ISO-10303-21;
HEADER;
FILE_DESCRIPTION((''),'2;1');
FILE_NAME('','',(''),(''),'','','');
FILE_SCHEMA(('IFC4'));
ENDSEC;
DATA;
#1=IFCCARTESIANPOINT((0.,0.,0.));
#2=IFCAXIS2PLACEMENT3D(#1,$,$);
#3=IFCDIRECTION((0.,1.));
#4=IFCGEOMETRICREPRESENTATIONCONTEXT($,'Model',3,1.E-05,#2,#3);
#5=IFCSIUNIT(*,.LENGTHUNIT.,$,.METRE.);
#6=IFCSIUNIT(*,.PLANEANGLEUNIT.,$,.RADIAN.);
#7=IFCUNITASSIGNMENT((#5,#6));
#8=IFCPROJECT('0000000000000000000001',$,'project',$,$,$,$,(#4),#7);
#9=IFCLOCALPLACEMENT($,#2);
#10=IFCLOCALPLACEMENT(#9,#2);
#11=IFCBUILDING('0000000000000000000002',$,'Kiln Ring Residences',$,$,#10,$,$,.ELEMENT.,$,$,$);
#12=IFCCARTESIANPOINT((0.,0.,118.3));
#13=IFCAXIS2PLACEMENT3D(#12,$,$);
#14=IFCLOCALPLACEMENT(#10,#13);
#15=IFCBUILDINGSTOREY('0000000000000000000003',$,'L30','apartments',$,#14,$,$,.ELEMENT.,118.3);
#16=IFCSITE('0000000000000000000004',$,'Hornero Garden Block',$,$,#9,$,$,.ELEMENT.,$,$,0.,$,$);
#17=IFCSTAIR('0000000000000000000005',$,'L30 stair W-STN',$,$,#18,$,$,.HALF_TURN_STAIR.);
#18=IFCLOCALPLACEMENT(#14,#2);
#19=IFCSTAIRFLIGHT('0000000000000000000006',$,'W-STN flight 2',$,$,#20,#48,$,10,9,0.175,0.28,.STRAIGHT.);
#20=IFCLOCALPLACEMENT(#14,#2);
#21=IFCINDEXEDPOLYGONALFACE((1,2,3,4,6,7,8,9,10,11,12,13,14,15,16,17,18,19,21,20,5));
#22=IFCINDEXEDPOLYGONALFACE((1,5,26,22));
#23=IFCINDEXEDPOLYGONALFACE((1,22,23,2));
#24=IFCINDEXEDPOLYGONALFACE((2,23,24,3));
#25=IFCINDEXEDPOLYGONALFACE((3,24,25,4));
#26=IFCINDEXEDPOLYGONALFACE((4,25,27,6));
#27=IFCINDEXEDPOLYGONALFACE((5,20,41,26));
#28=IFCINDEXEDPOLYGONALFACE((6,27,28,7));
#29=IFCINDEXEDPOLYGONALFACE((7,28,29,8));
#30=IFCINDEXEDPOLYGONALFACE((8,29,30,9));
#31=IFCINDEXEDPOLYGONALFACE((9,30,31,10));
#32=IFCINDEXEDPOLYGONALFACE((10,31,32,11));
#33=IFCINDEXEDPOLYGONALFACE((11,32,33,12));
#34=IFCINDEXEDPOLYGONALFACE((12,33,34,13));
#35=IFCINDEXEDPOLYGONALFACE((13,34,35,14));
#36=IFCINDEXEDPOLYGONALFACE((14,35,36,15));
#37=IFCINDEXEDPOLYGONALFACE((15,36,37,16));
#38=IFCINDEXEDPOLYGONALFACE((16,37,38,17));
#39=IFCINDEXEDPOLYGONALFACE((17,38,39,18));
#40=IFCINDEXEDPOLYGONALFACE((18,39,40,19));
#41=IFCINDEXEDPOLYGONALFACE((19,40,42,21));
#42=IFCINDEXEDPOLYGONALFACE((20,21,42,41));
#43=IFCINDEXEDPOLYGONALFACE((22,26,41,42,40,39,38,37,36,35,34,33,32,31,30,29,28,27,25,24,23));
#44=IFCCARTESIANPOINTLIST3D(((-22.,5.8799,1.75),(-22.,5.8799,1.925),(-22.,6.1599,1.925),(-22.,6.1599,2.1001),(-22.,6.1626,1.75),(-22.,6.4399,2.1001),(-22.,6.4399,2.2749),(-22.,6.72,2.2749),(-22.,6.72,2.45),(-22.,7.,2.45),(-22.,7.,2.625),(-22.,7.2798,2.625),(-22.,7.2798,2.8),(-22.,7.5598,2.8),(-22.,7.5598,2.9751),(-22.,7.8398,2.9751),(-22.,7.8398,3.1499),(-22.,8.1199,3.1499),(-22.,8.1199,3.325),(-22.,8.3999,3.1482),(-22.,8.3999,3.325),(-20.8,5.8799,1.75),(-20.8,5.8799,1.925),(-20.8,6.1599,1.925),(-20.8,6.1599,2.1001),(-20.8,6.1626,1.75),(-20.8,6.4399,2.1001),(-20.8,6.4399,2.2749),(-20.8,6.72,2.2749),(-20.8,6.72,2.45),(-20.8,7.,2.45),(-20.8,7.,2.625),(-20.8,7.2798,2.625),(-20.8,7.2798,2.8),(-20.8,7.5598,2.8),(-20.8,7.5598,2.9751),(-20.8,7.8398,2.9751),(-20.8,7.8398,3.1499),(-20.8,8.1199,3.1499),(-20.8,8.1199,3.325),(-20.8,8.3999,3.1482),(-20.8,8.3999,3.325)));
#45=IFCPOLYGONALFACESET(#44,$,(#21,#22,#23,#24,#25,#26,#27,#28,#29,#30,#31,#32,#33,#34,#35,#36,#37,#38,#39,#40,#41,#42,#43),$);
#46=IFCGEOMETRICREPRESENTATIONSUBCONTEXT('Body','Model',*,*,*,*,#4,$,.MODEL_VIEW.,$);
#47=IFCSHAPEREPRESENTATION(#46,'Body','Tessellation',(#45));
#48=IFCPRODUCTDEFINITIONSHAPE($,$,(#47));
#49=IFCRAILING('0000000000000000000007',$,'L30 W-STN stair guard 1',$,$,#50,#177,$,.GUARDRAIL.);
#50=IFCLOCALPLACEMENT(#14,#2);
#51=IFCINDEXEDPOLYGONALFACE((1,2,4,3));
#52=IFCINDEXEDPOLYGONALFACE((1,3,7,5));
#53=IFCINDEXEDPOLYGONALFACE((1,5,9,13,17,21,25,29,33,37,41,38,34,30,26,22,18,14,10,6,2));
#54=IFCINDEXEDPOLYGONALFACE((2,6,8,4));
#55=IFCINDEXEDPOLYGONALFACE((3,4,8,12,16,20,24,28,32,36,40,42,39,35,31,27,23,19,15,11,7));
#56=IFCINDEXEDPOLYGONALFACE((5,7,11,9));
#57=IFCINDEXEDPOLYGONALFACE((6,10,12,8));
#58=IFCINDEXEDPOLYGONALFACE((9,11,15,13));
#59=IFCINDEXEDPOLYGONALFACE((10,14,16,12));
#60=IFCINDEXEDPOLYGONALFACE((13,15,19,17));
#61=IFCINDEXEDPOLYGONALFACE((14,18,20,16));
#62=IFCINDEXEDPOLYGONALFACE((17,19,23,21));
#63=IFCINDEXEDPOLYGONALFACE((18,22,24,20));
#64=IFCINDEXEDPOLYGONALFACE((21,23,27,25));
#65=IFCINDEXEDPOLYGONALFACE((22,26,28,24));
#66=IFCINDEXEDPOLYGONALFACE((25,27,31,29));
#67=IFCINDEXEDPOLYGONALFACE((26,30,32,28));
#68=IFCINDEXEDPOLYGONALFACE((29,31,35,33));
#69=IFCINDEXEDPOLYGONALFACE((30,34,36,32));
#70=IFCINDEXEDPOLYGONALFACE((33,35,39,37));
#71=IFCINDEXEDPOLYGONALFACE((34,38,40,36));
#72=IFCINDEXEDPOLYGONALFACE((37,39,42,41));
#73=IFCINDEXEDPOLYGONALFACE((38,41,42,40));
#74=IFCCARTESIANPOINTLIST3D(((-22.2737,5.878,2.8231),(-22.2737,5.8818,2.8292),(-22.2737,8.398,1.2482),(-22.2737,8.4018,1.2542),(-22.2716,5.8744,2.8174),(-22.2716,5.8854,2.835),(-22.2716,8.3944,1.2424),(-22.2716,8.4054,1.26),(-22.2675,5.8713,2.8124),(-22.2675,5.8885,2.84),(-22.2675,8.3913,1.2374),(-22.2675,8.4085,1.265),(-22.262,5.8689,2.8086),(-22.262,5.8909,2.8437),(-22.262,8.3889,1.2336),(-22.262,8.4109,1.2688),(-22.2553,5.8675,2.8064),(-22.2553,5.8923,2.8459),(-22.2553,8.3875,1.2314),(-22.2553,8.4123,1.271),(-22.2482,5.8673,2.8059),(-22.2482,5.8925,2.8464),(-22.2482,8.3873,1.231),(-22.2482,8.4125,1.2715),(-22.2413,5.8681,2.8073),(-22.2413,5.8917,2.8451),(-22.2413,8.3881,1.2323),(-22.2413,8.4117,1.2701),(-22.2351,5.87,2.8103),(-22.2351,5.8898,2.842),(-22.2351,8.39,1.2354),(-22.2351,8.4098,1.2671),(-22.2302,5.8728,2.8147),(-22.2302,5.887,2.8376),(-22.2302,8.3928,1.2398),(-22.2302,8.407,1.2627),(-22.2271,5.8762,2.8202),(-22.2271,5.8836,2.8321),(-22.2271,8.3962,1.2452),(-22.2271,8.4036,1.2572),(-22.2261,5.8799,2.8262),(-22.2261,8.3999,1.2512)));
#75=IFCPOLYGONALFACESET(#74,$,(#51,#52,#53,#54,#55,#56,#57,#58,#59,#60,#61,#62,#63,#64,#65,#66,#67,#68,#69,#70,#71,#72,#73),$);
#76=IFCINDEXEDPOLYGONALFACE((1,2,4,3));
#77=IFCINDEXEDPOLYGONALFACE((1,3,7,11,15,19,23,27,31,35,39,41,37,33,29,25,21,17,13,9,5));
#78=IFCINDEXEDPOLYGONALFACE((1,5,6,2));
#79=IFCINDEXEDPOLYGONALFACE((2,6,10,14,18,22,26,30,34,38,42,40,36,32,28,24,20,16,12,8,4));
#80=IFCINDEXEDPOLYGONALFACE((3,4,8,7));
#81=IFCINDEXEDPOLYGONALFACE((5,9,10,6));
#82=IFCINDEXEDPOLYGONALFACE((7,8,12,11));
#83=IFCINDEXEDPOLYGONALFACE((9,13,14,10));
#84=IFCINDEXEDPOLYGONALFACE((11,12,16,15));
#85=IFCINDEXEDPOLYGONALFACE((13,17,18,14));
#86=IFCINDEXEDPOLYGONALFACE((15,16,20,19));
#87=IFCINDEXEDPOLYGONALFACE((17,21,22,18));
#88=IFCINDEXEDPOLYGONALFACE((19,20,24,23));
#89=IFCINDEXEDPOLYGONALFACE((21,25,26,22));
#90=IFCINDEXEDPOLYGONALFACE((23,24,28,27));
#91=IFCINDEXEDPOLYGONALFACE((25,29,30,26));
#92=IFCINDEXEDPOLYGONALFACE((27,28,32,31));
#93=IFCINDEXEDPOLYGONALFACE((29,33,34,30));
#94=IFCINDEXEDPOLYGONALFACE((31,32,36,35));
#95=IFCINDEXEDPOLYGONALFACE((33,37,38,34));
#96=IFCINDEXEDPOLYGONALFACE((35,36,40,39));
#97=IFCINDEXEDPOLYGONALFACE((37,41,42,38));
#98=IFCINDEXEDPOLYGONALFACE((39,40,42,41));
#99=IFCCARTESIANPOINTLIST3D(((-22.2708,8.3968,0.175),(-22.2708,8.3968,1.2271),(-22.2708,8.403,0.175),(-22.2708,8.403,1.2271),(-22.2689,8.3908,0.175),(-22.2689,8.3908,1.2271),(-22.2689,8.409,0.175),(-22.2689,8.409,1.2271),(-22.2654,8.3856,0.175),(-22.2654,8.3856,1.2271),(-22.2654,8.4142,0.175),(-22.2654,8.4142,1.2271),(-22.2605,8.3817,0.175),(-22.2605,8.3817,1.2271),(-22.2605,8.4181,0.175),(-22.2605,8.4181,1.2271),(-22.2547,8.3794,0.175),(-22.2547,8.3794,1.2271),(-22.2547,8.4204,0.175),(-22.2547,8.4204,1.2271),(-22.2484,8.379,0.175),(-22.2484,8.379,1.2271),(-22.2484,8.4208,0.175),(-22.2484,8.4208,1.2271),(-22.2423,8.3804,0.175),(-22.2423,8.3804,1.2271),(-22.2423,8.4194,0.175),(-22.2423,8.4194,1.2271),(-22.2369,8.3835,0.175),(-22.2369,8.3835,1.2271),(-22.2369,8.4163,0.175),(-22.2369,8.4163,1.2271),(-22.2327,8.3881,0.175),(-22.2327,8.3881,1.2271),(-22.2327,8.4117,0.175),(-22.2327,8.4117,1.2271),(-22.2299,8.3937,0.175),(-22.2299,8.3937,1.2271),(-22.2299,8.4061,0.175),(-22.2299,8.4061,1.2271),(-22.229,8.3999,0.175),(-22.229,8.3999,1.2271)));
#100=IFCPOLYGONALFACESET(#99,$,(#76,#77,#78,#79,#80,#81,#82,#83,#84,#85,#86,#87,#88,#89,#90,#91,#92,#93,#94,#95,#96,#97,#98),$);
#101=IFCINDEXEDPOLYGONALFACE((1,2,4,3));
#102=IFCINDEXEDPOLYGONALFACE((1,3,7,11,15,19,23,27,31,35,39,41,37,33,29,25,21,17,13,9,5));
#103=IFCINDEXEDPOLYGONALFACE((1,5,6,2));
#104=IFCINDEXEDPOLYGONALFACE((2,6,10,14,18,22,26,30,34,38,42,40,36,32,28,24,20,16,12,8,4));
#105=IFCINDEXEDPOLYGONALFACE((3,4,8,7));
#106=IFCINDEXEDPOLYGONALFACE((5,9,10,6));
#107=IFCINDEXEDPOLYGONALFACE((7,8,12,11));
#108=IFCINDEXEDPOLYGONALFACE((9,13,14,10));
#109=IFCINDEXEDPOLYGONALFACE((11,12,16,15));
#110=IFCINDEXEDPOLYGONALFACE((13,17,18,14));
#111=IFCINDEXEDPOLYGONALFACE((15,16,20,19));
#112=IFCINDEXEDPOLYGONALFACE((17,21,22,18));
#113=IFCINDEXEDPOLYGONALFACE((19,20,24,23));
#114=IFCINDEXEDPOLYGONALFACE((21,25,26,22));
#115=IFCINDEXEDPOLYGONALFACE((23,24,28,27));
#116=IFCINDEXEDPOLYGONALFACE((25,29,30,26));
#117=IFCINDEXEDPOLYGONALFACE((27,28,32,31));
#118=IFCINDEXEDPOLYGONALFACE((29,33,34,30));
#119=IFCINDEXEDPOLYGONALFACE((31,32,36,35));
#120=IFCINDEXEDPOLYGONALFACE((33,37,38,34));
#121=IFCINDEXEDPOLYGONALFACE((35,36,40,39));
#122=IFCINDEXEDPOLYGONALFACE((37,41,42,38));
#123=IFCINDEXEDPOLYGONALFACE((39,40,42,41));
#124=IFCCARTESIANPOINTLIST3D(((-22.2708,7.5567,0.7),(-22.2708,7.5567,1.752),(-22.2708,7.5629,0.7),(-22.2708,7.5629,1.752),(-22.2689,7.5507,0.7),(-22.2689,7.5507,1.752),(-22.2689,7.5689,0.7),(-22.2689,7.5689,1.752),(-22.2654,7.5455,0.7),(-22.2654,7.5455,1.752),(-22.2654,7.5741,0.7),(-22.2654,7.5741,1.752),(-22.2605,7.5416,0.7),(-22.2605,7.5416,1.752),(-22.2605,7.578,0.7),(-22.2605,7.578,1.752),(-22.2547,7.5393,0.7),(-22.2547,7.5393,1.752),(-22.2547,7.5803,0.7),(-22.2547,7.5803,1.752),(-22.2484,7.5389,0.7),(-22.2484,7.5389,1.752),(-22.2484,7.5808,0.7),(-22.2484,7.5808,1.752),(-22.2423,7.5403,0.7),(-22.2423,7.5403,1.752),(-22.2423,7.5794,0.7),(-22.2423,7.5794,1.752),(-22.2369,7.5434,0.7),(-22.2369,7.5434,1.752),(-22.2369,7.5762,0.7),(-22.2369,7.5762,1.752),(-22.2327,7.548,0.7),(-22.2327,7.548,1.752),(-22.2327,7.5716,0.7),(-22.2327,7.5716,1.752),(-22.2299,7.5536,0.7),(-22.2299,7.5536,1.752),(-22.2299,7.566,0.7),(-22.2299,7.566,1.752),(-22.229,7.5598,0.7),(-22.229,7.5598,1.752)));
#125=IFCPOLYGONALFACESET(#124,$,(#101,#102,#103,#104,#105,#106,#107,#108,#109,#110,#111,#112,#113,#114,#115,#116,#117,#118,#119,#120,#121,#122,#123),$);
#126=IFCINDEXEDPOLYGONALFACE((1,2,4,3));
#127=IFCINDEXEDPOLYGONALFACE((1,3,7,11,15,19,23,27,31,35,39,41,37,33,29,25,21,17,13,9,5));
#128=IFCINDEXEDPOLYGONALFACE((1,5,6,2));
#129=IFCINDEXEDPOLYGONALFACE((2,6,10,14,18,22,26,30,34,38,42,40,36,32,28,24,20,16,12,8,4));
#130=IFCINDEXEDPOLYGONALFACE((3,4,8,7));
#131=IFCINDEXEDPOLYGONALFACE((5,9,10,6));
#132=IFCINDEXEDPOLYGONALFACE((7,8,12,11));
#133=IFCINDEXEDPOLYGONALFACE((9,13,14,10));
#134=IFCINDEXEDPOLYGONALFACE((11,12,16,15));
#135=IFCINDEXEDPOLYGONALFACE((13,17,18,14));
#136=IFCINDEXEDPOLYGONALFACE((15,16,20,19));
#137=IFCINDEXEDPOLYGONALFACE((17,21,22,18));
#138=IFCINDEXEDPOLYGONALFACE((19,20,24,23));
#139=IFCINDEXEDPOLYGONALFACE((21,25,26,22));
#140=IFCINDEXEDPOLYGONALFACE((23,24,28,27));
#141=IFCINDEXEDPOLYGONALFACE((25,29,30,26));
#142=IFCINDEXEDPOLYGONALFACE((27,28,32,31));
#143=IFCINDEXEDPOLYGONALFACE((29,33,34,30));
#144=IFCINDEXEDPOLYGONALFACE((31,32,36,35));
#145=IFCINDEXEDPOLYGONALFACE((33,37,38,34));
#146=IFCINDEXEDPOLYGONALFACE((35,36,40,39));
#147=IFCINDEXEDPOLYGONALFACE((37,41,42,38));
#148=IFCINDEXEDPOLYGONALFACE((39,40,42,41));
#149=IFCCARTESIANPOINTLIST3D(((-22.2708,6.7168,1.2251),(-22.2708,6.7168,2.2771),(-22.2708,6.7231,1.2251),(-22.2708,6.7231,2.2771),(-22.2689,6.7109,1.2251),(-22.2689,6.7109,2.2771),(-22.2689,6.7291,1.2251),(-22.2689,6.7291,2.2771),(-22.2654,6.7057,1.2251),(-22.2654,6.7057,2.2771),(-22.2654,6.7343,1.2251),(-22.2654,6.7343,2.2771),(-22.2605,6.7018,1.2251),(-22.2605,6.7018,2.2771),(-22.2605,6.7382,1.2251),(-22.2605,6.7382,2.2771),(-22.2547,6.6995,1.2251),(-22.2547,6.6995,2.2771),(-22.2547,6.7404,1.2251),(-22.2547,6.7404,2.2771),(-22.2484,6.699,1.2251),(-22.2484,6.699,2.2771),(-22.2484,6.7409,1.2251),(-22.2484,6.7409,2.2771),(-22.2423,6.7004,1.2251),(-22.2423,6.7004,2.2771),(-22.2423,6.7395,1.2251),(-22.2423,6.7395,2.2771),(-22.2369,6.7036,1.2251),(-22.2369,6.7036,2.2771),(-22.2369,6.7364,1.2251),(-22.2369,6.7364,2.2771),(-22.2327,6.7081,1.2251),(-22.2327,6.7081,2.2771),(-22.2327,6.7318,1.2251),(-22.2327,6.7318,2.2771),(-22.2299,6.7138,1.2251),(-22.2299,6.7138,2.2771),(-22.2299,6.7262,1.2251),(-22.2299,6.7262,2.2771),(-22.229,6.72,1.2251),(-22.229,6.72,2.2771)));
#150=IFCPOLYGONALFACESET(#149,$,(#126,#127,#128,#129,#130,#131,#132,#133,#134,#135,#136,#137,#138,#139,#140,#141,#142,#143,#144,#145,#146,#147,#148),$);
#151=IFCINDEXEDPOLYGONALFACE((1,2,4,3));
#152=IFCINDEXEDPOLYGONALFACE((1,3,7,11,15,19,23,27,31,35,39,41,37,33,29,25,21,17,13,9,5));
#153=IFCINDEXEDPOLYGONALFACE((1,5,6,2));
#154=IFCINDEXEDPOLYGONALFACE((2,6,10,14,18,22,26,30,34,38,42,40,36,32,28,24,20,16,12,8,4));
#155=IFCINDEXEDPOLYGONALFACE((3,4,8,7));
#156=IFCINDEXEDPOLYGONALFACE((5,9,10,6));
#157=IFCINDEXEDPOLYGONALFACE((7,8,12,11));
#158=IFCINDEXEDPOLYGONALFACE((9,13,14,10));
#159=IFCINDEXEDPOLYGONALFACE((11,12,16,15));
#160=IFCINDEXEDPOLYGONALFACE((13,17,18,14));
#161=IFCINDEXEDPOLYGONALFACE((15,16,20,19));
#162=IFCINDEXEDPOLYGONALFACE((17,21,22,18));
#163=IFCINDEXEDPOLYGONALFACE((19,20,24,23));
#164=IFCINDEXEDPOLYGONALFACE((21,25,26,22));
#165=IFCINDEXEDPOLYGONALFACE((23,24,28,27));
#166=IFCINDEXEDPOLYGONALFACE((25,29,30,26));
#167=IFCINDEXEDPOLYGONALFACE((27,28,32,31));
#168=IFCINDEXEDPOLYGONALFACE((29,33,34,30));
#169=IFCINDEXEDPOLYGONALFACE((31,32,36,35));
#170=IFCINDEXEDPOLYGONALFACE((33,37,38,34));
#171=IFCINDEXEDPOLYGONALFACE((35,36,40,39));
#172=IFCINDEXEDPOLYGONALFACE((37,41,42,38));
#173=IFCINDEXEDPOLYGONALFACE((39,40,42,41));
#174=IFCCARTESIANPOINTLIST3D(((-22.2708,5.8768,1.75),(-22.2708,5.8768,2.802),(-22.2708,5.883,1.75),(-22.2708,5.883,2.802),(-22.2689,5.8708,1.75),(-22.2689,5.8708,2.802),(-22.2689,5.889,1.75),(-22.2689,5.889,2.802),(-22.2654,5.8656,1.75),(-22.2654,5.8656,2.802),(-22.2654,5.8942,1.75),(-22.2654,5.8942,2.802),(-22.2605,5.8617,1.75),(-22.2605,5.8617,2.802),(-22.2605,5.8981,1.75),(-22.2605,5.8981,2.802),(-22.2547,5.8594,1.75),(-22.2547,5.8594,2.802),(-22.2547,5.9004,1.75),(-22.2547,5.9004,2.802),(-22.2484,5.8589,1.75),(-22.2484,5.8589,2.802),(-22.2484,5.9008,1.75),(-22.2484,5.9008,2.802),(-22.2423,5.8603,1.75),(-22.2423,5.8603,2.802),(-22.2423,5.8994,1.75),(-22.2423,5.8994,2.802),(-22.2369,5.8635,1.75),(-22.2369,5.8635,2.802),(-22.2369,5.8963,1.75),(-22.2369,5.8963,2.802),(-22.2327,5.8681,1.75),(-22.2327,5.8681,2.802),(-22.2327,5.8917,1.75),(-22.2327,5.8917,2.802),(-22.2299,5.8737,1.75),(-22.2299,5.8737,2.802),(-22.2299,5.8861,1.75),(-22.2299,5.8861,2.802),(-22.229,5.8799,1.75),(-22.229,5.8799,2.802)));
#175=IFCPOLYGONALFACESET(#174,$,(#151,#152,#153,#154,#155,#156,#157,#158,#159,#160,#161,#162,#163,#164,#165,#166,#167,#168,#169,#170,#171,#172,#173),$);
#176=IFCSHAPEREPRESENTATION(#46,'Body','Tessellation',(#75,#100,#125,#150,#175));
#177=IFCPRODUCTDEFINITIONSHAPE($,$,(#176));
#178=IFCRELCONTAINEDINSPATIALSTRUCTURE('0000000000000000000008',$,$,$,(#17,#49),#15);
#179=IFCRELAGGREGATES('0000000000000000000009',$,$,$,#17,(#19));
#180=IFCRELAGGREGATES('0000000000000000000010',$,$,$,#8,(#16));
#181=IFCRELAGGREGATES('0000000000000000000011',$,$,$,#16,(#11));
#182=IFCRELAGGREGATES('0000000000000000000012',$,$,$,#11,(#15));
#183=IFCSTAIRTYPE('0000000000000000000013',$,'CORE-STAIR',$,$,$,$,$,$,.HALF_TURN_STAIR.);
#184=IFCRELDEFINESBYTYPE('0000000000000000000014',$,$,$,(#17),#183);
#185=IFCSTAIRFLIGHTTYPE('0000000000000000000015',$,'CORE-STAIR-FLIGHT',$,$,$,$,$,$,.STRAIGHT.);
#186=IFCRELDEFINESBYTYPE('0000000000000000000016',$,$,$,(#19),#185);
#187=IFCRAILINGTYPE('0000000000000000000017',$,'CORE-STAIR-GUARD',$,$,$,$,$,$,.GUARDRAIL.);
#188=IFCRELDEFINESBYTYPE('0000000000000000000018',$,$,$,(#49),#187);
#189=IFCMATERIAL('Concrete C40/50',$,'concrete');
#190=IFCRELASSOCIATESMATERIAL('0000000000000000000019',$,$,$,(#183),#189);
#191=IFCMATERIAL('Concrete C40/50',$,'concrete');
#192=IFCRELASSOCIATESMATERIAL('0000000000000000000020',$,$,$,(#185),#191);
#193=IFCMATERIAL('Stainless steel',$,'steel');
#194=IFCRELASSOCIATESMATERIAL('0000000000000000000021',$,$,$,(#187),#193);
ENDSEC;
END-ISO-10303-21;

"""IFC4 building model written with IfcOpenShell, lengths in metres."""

from ifc_helpers import new_model, si_unit, direction, frame, origin, origin_2d, place, context, subcontext, project, spatial, polyline, circle, outline, extrude, material, type_object, element, aggregate, save


model = new_model("IFC4")

# Units and contexts
model_context = context("Model", 3, precision=1e-05, world=origin(), true_north=direction((0.0, 1.0)))
body_context = subcontext(model_context, "Body", "Model", "MODEL_VIEW")
ifc_project = project(units=[si_unit("LENGTHUNIT", "METRE"), si_unit("PLANEANGLEUNIT", "RADIAN")], contexts=[model_context])

# Site, building, storey
site_placement = place(None, origin())
site = spatial("IfcSite", under=ifc_project, at=site_placement, Name="Hornero Garden Block", CompositionType="ELEMENT", RefElevation=0.0)
building_placement = place(site_placement, origin())
building = spatial("IfcBuilding", under=site, at=building_placement, Name="Kiln Ring Residences", CompositionType="ELEMENT")
storey_placement = place(building_placement, frame((0.0, 0.0, 118.3)))
storey = spatial("IfcBuildingStorey", under=building, at=storey_placement, Name="L30", Description="apartments", CompositionType="ELEMENT", Elevation=118.3)

# Stair, stair flight
ifc_material_1 = material(Name="Concrete C40/50", Category="concrete")
stair_type = type_object("IfcStairType", Name="CORE-STAIR", PredefinedType="HALF_TURN_STAIR", material=ifc_material_1)
stair_placement = place(storey_placement, origin())
stair = element("IfcStair", 1, at=stair_placement, inside=storey, type_object=stair_type, Name="L30 stair W-STN", PredefinedType="HALF_TURN_STAIR")
ifc_material_2 = material(Name="Concrete C40/50", Category="concrete")
stair_flight_type = type_object("IfcStairFlightType", Name="CORE-STAIR-FLIGHT", PredefinedType="STRAIGHT", material=ifc_material_2)
stair_flight_1_placement = place(storey_placement, frame((-21.3999, 5.8799, 1.75), z_axis=(0.0, 0.0, 1.0), x_axis=(0.0, 1.0, 0.0)))
stair_flight_1 = element("IfcStairFlight", 2, at=stair_flight_1_placement, type_object=stair_flight_type, Name="W-STN flight 2", NumberOfRisers=10, NumberOfTreads=9, PredefinedType="STRAIGHT", RiserHeight=0.175, TreadLength=0.28, context=body_context, shape_type="SweptSolid", body=[
    extrude(outline(polyline([(0.0, 0.0), (0.0, 0.175), (0.28, 0.175), (0.28, 0.3501), (0.5601, 0.3501), (0.5601, 0.5249), (0.8401, 0.5249), (0.8401, 0.7), (1.1201, 0.7), (1.1201, 0.875), (1.3999, 0.875), (1.3999, 1.05), (1.6799, 1.05), (1.6799, 1.2251), (1.96, 1.2251), (1.96, 1.3999), (2.24, 1.3999), (2.24, 1.575), (2.52, 1.575), (2.52, 1.75), (2.52, 1.3982), (0.2827, 0.0), (0.0, 0.0)])), frame((0.0, 0.6001, 0.0), z_axis=(0.0, -1.0, 0.0), x_axis=(1.0, 0.0, 0.0)), (0.0, 0.0, 1.0), 1.2),
])
aggregate(stair, [stair_flight_1])

# Railing
ifc_material_3 = material(Name="Stainless steel", Category="steel")
railing_type_1 = type_object("IfcRailingType", Name="CORE-STAIR-GUARD", PredefinedType="GUARDRAIL", material=ifc_material_3)
railing_1_placement = place(storey_placement, frame((-22.25, 8.3999, 0.175)))
element("IfcRailing", 3, at=railing_1_placement, inside=storey, type_object=railing_type_1, Name="L30 W-STN stair guard 1", PredefinedType="GUARDRAIL", context=body_context, shape_type="SweptSolid", body=[
    extrude(circle(Radius=0.0239, at=origin_2d()), frame((0.0, 0.0, 1.0762), z_axis=(0.0, -0.848008, 0.529984), x_axis=(1.0, 0.0, 0.0)), (0.0, 0.0, 1.0), 2.9717),
    extrude(circle(Radius=0.021, at=origin_2d()), origin(), (0.0, 0.0, 1.0), 1.052),
    extrude(circle(Radius=0.021, at=origin_2d()), frame((0.0, -0.8401, 0.5249)), (0.0, 0.0, 1.0), 1.052),
    extrude(circle(Radius=0.021, at=origin_2d()), frame((0.0, -1.6799, 1.05)), (0.0, 0.0, 1.0), 1.052),
    extrude(circle(Radius=0.021, at=origin_2d()), frame((0.0, -2.52, 1.575)), (0.0, 0.0, 1.0), 1.052),
])

save(model, "model.ifc")
